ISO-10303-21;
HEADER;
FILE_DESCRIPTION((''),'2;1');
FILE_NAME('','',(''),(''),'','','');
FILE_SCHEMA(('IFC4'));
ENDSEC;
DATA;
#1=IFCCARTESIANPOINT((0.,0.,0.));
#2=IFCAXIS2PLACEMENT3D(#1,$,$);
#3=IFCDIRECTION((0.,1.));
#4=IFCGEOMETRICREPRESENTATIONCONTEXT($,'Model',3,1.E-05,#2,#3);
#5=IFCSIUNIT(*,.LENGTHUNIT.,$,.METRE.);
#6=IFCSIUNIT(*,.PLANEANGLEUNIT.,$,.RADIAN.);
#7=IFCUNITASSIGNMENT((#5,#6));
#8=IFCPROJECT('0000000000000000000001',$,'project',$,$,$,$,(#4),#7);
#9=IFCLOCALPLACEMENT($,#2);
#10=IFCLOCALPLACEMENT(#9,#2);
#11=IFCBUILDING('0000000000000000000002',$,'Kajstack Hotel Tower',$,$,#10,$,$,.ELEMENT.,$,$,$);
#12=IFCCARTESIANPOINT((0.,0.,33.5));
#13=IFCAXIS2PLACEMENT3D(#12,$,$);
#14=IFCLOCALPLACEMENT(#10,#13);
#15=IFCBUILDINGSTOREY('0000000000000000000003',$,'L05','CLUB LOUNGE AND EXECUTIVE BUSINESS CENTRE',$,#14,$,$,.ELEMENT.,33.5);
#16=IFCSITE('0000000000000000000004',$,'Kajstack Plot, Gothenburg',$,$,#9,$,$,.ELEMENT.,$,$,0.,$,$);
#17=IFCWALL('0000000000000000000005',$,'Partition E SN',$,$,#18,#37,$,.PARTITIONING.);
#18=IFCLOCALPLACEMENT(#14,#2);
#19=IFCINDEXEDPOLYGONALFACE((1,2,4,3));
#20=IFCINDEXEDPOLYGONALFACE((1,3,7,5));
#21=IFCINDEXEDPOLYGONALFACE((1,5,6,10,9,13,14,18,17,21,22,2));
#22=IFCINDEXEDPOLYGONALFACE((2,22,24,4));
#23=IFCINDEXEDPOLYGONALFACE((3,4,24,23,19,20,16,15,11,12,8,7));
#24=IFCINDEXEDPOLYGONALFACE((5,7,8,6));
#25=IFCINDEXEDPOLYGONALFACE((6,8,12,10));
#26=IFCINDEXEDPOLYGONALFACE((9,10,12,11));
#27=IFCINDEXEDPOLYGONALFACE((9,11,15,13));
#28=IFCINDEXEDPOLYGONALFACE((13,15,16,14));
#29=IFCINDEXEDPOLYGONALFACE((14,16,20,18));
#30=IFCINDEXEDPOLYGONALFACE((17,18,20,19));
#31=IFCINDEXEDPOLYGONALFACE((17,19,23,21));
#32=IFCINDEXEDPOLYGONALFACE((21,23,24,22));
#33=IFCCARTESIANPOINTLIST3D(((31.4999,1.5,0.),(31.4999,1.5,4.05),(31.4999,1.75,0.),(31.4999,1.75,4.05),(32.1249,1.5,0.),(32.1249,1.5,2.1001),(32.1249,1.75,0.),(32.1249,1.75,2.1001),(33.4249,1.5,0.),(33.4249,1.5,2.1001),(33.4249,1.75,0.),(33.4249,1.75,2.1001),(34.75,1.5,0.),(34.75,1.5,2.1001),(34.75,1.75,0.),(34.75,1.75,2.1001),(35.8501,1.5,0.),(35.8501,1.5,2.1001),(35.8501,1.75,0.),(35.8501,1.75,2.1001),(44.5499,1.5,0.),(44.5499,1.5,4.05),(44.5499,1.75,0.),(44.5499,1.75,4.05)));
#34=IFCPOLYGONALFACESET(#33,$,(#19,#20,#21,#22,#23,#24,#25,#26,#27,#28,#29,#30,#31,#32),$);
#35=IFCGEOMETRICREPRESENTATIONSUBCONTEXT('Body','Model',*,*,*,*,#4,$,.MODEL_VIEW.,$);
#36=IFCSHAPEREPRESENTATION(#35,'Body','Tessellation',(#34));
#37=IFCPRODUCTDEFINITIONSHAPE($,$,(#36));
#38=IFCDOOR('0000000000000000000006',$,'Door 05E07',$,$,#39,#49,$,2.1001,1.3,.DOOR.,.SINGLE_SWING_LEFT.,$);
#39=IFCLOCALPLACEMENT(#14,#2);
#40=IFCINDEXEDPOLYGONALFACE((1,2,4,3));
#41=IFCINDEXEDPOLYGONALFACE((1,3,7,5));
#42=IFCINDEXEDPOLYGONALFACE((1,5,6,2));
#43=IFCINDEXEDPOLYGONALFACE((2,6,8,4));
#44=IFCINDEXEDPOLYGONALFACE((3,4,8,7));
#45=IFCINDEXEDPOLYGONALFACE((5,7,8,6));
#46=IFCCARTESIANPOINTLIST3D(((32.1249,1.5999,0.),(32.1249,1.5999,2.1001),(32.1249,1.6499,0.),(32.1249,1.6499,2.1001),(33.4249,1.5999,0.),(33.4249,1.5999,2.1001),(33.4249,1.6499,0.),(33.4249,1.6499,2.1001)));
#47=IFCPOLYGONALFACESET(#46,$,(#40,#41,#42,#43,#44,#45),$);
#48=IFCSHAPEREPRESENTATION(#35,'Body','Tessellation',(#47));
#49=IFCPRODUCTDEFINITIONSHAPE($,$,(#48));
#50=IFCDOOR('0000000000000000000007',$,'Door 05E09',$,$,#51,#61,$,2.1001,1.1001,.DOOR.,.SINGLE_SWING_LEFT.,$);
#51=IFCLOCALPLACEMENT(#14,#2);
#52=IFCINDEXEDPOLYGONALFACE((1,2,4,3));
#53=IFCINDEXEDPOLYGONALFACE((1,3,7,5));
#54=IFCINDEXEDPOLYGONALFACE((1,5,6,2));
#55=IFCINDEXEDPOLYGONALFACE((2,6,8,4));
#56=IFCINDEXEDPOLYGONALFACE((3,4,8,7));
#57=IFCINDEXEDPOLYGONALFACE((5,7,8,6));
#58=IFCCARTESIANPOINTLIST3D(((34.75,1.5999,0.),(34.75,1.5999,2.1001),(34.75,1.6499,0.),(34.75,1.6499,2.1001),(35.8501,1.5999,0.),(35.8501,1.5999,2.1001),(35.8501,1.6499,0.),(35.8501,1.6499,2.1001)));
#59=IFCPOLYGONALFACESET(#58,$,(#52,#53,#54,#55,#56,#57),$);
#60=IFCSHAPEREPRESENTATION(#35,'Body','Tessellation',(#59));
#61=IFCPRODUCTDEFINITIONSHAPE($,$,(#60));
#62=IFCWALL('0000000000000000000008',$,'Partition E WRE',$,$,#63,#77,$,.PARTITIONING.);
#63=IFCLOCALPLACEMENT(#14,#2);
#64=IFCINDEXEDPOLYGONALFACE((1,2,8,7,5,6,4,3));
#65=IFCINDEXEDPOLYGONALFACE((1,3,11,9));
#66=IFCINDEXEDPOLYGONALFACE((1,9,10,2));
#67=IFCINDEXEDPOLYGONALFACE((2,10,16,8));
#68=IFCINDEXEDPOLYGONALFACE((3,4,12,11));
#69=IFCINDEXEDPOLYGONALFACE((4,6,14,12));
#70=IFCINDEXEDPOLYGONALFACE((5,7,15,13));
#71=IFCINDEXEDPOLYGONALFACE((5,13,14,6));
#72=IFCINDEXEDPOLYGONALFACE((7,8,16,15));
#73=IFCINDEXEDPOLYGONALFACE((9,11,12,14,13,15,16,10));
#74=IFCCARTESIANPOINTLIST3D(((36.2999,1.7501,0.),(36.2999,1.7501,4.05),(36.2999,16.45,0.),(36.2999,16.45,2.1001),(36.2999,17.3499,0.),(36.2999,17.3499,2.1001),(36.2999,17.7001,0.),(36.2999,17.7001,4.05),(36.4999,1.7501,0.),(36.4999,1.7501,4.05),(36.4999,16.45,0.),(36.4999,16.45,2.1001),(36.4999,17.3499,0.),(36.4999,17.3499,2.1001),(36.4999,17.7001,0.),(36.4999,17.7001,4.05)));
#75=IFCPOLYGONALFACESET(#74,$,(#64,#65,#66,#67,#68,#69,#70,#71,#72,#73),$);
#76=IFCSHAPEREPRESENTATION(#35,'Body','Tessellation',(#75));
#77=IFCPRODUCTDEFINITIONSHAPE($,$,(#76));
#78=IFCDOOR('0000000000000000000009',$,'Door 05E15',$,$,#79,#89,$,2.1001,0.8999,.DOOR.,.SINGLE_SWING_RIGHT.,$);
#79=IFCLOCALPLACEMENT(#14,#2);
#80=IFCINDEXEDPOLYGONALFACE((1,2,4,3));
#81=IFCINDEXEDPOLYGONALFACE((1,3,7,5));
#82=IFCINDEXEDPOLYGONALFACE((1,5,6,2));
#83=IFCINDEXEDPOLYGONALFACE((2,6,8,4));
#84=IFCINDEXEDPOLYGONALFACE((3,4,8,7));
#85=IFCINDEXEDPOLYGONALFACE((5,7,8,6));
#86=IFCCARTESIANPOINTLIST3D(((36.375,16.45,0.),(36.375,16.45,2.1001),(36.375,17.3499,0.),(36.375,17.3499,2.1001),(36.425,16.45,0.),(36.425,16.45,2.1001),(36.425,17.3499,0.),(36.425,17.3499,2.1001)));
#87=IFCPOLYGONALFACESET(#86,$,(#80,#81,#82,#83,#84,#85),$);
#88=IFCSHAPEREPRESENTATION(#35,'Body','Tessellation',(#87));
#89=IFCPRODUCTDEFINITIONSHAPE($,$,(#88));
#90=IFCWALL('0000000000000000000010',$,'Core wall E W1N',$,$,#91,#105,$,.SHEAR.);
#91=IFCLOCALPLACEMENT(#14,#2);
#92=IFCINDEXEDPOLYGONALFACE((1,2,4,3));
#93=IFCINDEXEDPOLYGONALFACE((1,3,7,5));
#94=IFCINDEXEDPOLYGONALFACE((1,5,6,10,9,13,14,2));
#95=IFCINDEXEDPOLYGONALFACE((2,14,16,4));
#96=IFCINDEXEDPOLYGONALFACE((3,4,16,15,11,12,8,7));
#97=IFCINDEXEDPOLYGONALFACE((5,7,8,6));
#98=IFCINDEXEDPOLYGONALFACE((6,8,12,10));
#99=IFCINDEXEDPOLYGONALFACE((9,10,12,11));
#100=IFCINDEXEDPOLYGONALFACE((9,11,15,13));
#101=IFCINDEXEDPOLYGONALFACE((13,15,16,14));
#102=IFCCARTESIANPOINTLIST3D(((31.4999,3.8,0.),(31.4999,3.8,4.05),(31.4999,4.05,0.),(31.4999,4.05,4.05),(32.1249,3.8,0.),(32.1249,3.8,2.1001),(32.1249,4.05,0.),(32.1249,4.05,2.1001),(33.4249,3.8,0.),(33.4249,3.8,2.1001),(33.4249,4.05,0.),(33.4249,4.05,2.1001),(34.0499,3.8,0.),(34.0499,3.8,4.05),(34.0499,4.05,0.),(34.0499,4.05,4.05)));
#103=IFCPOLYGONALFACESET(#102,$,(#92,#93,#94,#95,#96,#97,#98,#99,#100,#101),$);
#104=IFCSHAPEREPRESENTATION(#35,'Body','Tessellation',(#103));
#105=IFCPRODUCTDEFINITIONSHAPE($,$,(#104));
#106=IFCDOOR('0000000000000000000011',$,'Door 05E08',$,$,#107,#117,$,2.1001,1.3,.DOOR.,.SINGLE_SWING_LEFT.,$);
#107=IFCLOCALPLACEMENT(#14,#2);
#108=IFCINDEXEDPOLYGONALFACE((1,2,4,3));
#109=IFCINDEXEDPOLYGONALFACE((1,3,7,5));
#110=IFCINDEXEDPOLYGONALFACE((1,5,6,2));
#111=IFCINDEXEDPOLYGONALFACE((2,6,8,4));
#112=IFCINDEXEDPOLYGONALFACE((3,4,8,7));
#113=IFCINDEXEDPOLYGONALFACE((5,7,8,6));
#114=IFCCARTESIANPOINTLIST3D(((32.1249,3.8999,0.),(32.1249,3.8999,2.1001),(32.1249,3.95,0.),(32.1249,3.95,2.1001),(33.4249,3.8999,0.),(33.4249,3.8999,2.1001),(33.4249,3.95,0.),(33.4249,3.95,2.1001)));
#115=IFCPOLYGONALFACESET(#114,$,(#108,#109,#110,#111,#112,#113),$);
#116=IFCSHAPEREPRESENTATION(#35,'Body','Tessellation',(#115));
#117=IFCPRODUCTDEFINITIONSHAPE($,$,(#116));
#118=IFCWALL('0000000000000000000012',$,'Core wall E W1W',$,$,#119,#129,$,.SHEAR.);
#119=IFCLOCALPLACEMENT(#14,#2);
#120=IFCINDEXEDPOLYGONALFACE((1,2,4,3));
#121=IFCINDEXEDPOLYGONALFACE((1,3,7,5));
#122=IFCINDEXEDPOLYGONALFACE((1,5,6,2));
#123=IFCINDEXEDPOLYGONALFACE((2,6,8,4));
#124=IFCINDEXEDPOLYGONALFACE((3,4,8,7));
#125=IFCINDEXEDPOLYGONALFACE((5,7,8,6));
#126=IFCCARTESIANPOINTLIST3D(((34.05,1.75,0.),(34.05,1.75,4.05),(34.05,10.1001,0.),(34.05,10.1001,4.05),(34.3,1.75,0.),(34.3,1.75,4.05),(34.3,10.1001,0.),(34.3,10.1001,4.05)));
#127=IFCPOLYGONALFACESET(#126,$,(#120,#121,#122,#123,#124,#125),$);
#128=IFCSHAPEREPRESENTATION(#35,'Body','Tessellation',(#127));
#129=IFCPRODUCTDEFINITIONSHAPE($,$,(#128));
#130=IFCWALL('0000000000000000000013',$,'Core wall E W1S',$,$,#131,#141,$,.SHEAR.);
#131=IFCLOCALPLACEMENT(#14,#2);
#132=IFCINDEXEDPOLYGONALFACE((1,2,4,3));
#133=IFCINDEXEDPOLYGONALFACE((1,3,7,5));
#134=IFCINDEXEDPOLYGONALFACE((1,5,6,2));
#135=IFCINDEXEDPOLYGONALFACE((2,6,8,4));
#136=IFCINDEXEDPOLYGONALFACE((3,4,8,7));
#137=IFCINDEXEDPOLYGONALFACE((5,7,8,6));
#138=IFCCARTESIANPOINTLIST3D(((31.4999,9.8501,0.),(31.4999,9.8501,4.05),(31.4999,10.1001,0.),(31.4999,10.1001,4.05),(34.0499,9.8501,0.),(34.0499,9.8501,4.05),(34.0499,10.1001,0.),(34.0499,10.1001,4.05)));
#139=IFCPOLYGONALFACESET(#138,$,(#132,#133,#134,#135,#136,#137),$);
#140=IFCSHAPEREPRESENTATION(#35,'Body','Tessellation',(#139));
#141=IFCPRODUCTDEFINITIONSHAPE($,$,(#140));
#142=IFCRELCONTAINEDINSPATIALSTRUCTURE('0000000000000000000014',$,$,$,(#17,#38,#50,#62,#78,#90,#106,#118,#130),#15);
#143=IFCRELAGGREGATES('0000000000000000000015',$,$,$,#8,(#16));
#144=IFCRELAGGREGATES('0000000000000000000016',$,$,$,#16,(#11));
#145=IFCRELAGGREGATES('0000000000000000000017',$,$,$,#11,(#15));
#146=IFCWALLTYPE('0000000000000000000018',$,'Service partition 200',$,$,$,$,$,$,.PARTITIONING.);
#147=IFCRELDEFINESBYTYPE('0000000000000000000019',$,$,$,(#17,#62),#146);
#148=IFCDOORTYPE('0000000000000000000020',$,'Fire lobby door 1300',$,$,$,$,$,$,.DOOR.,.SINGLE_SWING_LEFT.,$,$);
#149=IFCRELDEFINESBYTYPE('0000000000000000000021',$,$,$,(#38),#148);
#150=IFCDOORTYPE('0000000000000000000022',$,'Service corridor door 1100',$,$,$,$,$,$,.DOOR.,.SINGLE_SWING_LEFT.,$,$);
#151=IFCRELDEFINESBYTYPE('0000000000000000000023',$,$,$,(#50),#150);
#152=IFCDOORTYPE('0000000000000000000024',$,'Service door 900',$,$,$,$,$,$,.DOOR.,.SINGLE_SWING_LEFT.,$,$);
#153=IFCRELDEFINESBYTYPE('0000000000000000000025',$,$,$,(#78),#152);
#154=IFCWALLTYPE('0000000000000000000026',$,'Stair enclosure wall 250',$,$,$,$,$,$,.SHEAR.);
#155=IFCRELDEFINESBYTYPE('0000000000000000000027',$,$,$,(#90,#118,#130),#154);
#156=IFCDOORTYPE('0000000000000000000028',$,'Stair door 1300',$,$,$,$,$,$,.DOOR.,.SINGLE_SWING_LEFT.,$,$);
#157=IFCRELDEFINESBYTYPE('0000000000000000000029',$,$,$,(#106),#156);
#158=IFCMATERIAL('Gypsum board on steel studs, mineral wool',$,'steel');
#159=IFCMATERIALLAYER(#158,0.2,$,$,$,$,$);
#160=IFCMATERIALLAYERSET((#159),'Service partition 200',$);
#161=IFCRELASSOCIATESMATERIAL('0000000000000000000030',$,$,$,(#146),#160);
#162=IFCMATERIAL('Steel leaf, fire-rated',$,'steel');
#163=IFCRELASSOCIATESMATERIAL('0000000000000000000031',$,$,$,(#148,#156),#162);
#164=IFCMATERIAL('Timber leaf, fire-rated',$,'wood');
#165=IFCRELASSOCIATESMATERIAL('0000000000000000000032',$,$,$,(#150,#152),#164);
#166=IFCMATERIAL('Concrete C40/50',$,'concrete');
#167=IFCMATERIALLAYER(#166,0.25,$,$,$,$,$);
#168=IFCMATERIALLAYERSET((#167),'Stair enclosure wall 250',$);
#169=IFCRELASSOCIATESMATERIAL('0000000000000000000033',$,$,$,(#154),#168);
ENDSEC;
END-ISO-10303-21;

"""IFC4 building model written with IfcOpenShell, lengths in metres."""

from ifc_helpers import new_model, si_unit, direction, frame, frame_2d, origin, place, context, subcontext, project, spatial, rectangle, extrude, material, layer, layer_set, type_object, element, fill, save


model = new_model("IFC4")

# Units and contexts
model_context = context("Model", 3, precision=1e-05, world=origin(), true_north=direction((0.0, 1.0)))
body_context = subcontext(model_context, "Body", "Model", "MODEL_VIEW")
ifc_project = project(units=[si_unit("LENGTHUNIT", "METRE"), si_unit("PLANEANGLEUNIT", "RADIAN")], contexts=[model_context])

# Site, building, storey
site_placement = place(None, origin())
site = spatial("IfcSite", under=ifc_project, at=site_placement, Name="Kajstack Plot, Gothenburg", CompositionType="ELEMENT", RefElevation=0.0)
building_placement = place(site_placement, origin())
building = spatial("IfcBuilding", under=site, at=building_placement, Name="Kajstack Hotel Tower", CompositionType="ELEMENT")
storey_placement = place(building_placement, frame((0.0, 0.0, 33.5)))
storey = spatial("IfcBuildingStorey", under=building, at=storey_placement, Name="L05", Description="CLUB LOUNGE AND EXECUTIVE BUSINESS CENTRE", CompositionType="ELEMENT", Elevation=33.5)

# Shared definitions
ifc_material_1 = material(Name="Concrete C40/50", Category="concrete")
ifc_material_2 = material(Name="Gypsum board on steel studs, mineral wool", Category="steel")

# Wall, openings, doors
ifc_layer_1 = layer(ifc_material_2, 0.2)
ifc_layer_set_1 = layer_set([ifc_layer_1], Name="Service partition 200")
wall_type_1 = type_object("IfcWallType", Name="Service partition 200", PredefinedType="PARTITIONING", material=ifc_layer_set_1)
wall_1_placement = place(storey_placement, frame((31.5, 1.625, 0.0), z_axis=(0.0, 0.0, 1.0), x_axis=(1.0, 0.0, 0.0)))
wall_1 = element("IfcWall", 1, at=wall_1_placement, inside=storey, type_object=wall_type_1, Name="Partition E SN", PredefinedType="PARTITIONING", context=body_context, shape_type="SweptSolid", body=[
    extrude(rectangle(XDim=13.05, YDim=0.25, at=frame_2d((6.5249, 0.0))), origin(), (0.0, 0.0, 1.0), 4.05),
])
opening_1_placement = place(wall_1_placement, frame((0.625, 0.0, 0.0)))
opening_1 = element("IfcOpeningElement", 2, at=opening_1_placement, cuts=wall_1, PredefinedType="OPENING", context=body_context, shape_type="SweptSolid", body=[
    extrude(rectangle(XDim=1.3, YDim=2.1001, at=frame_2d((0.6499, 1.05))), frame((0.0, 0.135, 0.0), z_axis=(0.0, -1.0, 0.0), x_axis=(1.0, 0.0, 0.0)), (0.0, 0.0, 1.0), 0.27),
])
opening_2_placement = place(wall_1_placement, frame((3.25, 0.0, 0.0)))
opening_2 = element("IfcOpeningElement", 3, at=opening_2_placement, cuts=wall_1, PredefinedType="OPENING", context=body_context, shape_type="SweptSolid", body=[
    extrude(rectangle(XDim=1.1001, YDim=2.1001, at=frame_2d((0.55, 1.05))), frame((0.0, 0.135, 0.0), z_axis=(0.0, -1.0, 0.0), x_axis=(1.0, 0.0, 0.0)), (0.0, 0.0, 1.0), 0.27),
])
ifc_material_3 = material(Name="Steel leaf, fire-rated", Category="steel")
door_type_1 = type_object("IfcDoorType", Name="Fire lobby door 1300", OperationType="SINGLE_SWING_LEFT", PredefinedType="DOOR", material=ifc_material_3)
door_1_placement = place(opening_1_placement, origin())
door_1 = element("IfcDoor", 4, at=door_1_placement, inside=storey, type_object=door_type_1, Name="Door 05E07", OperationType="SINGLE_SWING_LEFT", OverallHeight=2.1001, OverallWidth=1.3, PredefinedType="DOOR", context=body_context, shape_type="SweptSolid", body=[
    extrude(rectangle(XDim=1.3, YDim=2.1001, at=frame_2d((0.6499, 1.05))), frame((0.0, 0.0249, 0.0), z_axis=(0.0, -1.0, 0.0), x_axis=(1.0, 0.0, 0.0)), (0.0, 0.0, 1.0), 0.05),
])
fill(opening_1, door_1)
ifc_material_4 = material(Name="Timber leaf, fire-rated", Category="wood")
door_type_2 = type_object("IfcDoorType", Name="Service corridor door 1100", OperationType="SINGLE_SWING_LEFT", PredefinedType="DOOR", material=ifc_material_4)
door_2_placement = place(opening_2_placement, origin())
door_2 = element("IfcDoor", 5, at=door_2_placement, inside=storey, type_object=door_type_2, Name="Door 05E09", OperationType="SINGLE_SWING_LEFT", OverallHeight=2.1001, OverallWidth=1.1001, PredefinedType="DOOR", context=body_context, shape_type="SweptSolid", body=[
    extrude(rectangle(XDim=1.1001, YDim=2.1001, at=frame_2d((0.55, 1.05))), frame((0.0, 0.0249, 0.0), z_axis=(0.0, -1.0, 0.0), x_axis=(1.0, 0.0, 0.0)), (0.0, 0.0, 1.0), 0.05),
])
fill(opening_2, door_2)

# Walls, openings, doors
wall_2_placement = place(storey_placement, frame((36.3999, 1.75, 0.0), z_axis=(0.0, 0.0, 1.0), x_axis=(0.0, 1.0, 0.0)))
wall_2 = element("IfcWall", 6, at=wall_2_placement, inside=storey, type_object=wall_type_1, Name="Partition E WRE", PredefinedType="PARTITIONING", context=body_context, shape_type="SweptSolid", body=[
    extrude(rectangle(XDim=15.95, YDim=0.2, at=frame_2d((7.9751, 0.0))), origin(), (0.0, 0.0, 1.0), 4.05),
])
opening_3_placement = place(wall_2_placement, frame((14.7, 0.0, 0.0)))
opening_3 = element("IfcOpeningElement", 7, at=opening_3_placement, cuts=wall_2, PredefinedType="OPENING", context=body_context, shape_type="SweptSolid", body=[
    extrude(rectangle(XDim=0.8999, YDim=2.1001, at=frame_2d((0.45, 1.05))), frame((0.0, 0.1099, 0.0), z_axis=(0.0, -1.0, 0.0), x_axis=(1.0, 0.0, 0.0)), (0.0, 0.0, 1.0), 0.22),
])
door_type_3 = type_object("IfcDoorType", Name="Service door 900", OperationType="SINGLE_SWING_LEFT", PredefinedType="DOOR", material=ifc_material_4)
door_3_placement = place(opening_3_placement, origin())
door_3 = element("IfcDoor", 8, at=door_3_placement, inside=storey, type_object=door_type_3, Name="Door 05E15", OperationType="SINGLE_SWING_RIGHT", OverallHeight=2.1001, OverallWidth=0.8999, PredefinedType="DOOR", context=body_context, shape_type="SweptSolid", body=[
    extrude(rectangle(XDim=0.8999, YDim=2.1001, at=frame_2d((0.45, 1.05))), frame((0.0, 0.0249, 0.0), z_axis=(0.0, -1.0, 0.0), x_axis=(1.0, 0.0, 0.0)), (0.0, 0.0, 1.0), 0.05),
])
fill(opening_3, door_3)
ifc_layer_2 = layer(ifc_material_1, 0.25)
ifc_layer_set_2 = layer_set([ifc_layer_2], Name="Stair enclosure wall 250")
wall_type_2 = type_object("IfcWallType", Name="Stair enclosure wall 250", PredefinedType="SHEAR", material=ifc_layer_set_2)
wall_3_placement = place(storey_placement, frame((31.5, 3.925, 0.0), z_axis=(0.0, 0.0, 1.0), x_axis=(1.0, 0.0, 0.0)))
wall_3 = element("IfcWall", 9, at=wall_3_placement, inside=storey, type_object=wall_type_2, Name="Core wall E W1N", PredefinedType="SHEAR", context=body_context, shape_type="SweptSolid", body=[
    extrude(rectangle(XDim=2.55, YDim=0.25, at=frame_2d((1.2749, 0.0))), origin(), (0.0, 0.0, 1.0), 4.05),
])
opening_4_placement = place(wall_3_placement, frame((0.625, 0.0, 0.0)))
opening_4 = element("IfcOpeningElement", 10, at=opening_4_placement, cuts=wall_3, PredefinedType="OPENING", context=body_context, shape_type="SweptSolid", body=[
    extrude(rectangle(XDim=1.3, YDim=2.1001, at=frame_2d((0.6499, 1.05))), frame((0.0, 0.135, 0.0), z_axis=(0.0, -1.0, 0.0), x_axis=(1.0, 0.0, 0.0)), (0.0, 0.0, 1.0), 0.27),
])
door_type_4 = type_object("IfcDoorType", Name="Stair door 1300", OperationType="SINGLE_SWING_LEFT", PredefinedType="DOOR", material=ifc_material_3)
door_4_placement = place(opening_4_placement, origin())
door_4 = element("IfcDoor", 11, at=door_4_placement, inside=storey, type_object=door_type_4, Name="Door 05E08", OperationType="SINGLE_SWING_LEFT", OverallHeight=2.1001, OverallWidth=1.3, PredefinedType="DOOR", context=body_context, shape_type="SweptSolid", body=[
    extrude(rectangle(XDim=1.3, YDim=2.1001, at=frame_2d((0.6499, 1.05))), frame((0.0, 0.0249, 0.0), z_axis=(0.0, -1.0, 0.0), x_axis=(1.0, 0.0, 0.0)), (0.0, 0.0, 1.0), 0.05),
])
fill(opening_4, door_4)

# Walls
wall_4_placement = place(storey_placement, frame((34.175, 1.75, 0.0), z_axis=(0.0, 0.0, 1.0), x_axis=(0.0, 1.0, 0.0)))
element("IfcWall", 12, at=wall_4_placement, inside=storey, type_object=wall_type_2, Name="Core wall E W1W", PredefinedType="SHEAR", context=body_context, shape_type="SweptSolid", body=[
    extrude(rectangle(XDim=8.3501, YDim=0.25, at=frame_2d((4.175, 0.0))), origin(), (0.0, 0.0, 1.0), 4.05),
])
wall_5_placement = place(storey_placement, frame((31.5, 9.9751, 0.0), z_axis=(0.0, 0.0, 1.0), x_axis=(1.0, 0.0, 0.0)))
element("IfcWall", 13, at=wall_5_placement, inside=storey, type_object=wall_type_2, Name="Core wall E W1S", PredefinedType="SHEAR", context=body_context, shape_type="SweptSolid", body=[
    extrude(rectangle(XDim=2.55, YDim=0.25, at=frame_2d((1.2749, 0.0))), origin(), (0.0, 0.0, 1.0), 4.05),
])

save(model, "model.ifc")
